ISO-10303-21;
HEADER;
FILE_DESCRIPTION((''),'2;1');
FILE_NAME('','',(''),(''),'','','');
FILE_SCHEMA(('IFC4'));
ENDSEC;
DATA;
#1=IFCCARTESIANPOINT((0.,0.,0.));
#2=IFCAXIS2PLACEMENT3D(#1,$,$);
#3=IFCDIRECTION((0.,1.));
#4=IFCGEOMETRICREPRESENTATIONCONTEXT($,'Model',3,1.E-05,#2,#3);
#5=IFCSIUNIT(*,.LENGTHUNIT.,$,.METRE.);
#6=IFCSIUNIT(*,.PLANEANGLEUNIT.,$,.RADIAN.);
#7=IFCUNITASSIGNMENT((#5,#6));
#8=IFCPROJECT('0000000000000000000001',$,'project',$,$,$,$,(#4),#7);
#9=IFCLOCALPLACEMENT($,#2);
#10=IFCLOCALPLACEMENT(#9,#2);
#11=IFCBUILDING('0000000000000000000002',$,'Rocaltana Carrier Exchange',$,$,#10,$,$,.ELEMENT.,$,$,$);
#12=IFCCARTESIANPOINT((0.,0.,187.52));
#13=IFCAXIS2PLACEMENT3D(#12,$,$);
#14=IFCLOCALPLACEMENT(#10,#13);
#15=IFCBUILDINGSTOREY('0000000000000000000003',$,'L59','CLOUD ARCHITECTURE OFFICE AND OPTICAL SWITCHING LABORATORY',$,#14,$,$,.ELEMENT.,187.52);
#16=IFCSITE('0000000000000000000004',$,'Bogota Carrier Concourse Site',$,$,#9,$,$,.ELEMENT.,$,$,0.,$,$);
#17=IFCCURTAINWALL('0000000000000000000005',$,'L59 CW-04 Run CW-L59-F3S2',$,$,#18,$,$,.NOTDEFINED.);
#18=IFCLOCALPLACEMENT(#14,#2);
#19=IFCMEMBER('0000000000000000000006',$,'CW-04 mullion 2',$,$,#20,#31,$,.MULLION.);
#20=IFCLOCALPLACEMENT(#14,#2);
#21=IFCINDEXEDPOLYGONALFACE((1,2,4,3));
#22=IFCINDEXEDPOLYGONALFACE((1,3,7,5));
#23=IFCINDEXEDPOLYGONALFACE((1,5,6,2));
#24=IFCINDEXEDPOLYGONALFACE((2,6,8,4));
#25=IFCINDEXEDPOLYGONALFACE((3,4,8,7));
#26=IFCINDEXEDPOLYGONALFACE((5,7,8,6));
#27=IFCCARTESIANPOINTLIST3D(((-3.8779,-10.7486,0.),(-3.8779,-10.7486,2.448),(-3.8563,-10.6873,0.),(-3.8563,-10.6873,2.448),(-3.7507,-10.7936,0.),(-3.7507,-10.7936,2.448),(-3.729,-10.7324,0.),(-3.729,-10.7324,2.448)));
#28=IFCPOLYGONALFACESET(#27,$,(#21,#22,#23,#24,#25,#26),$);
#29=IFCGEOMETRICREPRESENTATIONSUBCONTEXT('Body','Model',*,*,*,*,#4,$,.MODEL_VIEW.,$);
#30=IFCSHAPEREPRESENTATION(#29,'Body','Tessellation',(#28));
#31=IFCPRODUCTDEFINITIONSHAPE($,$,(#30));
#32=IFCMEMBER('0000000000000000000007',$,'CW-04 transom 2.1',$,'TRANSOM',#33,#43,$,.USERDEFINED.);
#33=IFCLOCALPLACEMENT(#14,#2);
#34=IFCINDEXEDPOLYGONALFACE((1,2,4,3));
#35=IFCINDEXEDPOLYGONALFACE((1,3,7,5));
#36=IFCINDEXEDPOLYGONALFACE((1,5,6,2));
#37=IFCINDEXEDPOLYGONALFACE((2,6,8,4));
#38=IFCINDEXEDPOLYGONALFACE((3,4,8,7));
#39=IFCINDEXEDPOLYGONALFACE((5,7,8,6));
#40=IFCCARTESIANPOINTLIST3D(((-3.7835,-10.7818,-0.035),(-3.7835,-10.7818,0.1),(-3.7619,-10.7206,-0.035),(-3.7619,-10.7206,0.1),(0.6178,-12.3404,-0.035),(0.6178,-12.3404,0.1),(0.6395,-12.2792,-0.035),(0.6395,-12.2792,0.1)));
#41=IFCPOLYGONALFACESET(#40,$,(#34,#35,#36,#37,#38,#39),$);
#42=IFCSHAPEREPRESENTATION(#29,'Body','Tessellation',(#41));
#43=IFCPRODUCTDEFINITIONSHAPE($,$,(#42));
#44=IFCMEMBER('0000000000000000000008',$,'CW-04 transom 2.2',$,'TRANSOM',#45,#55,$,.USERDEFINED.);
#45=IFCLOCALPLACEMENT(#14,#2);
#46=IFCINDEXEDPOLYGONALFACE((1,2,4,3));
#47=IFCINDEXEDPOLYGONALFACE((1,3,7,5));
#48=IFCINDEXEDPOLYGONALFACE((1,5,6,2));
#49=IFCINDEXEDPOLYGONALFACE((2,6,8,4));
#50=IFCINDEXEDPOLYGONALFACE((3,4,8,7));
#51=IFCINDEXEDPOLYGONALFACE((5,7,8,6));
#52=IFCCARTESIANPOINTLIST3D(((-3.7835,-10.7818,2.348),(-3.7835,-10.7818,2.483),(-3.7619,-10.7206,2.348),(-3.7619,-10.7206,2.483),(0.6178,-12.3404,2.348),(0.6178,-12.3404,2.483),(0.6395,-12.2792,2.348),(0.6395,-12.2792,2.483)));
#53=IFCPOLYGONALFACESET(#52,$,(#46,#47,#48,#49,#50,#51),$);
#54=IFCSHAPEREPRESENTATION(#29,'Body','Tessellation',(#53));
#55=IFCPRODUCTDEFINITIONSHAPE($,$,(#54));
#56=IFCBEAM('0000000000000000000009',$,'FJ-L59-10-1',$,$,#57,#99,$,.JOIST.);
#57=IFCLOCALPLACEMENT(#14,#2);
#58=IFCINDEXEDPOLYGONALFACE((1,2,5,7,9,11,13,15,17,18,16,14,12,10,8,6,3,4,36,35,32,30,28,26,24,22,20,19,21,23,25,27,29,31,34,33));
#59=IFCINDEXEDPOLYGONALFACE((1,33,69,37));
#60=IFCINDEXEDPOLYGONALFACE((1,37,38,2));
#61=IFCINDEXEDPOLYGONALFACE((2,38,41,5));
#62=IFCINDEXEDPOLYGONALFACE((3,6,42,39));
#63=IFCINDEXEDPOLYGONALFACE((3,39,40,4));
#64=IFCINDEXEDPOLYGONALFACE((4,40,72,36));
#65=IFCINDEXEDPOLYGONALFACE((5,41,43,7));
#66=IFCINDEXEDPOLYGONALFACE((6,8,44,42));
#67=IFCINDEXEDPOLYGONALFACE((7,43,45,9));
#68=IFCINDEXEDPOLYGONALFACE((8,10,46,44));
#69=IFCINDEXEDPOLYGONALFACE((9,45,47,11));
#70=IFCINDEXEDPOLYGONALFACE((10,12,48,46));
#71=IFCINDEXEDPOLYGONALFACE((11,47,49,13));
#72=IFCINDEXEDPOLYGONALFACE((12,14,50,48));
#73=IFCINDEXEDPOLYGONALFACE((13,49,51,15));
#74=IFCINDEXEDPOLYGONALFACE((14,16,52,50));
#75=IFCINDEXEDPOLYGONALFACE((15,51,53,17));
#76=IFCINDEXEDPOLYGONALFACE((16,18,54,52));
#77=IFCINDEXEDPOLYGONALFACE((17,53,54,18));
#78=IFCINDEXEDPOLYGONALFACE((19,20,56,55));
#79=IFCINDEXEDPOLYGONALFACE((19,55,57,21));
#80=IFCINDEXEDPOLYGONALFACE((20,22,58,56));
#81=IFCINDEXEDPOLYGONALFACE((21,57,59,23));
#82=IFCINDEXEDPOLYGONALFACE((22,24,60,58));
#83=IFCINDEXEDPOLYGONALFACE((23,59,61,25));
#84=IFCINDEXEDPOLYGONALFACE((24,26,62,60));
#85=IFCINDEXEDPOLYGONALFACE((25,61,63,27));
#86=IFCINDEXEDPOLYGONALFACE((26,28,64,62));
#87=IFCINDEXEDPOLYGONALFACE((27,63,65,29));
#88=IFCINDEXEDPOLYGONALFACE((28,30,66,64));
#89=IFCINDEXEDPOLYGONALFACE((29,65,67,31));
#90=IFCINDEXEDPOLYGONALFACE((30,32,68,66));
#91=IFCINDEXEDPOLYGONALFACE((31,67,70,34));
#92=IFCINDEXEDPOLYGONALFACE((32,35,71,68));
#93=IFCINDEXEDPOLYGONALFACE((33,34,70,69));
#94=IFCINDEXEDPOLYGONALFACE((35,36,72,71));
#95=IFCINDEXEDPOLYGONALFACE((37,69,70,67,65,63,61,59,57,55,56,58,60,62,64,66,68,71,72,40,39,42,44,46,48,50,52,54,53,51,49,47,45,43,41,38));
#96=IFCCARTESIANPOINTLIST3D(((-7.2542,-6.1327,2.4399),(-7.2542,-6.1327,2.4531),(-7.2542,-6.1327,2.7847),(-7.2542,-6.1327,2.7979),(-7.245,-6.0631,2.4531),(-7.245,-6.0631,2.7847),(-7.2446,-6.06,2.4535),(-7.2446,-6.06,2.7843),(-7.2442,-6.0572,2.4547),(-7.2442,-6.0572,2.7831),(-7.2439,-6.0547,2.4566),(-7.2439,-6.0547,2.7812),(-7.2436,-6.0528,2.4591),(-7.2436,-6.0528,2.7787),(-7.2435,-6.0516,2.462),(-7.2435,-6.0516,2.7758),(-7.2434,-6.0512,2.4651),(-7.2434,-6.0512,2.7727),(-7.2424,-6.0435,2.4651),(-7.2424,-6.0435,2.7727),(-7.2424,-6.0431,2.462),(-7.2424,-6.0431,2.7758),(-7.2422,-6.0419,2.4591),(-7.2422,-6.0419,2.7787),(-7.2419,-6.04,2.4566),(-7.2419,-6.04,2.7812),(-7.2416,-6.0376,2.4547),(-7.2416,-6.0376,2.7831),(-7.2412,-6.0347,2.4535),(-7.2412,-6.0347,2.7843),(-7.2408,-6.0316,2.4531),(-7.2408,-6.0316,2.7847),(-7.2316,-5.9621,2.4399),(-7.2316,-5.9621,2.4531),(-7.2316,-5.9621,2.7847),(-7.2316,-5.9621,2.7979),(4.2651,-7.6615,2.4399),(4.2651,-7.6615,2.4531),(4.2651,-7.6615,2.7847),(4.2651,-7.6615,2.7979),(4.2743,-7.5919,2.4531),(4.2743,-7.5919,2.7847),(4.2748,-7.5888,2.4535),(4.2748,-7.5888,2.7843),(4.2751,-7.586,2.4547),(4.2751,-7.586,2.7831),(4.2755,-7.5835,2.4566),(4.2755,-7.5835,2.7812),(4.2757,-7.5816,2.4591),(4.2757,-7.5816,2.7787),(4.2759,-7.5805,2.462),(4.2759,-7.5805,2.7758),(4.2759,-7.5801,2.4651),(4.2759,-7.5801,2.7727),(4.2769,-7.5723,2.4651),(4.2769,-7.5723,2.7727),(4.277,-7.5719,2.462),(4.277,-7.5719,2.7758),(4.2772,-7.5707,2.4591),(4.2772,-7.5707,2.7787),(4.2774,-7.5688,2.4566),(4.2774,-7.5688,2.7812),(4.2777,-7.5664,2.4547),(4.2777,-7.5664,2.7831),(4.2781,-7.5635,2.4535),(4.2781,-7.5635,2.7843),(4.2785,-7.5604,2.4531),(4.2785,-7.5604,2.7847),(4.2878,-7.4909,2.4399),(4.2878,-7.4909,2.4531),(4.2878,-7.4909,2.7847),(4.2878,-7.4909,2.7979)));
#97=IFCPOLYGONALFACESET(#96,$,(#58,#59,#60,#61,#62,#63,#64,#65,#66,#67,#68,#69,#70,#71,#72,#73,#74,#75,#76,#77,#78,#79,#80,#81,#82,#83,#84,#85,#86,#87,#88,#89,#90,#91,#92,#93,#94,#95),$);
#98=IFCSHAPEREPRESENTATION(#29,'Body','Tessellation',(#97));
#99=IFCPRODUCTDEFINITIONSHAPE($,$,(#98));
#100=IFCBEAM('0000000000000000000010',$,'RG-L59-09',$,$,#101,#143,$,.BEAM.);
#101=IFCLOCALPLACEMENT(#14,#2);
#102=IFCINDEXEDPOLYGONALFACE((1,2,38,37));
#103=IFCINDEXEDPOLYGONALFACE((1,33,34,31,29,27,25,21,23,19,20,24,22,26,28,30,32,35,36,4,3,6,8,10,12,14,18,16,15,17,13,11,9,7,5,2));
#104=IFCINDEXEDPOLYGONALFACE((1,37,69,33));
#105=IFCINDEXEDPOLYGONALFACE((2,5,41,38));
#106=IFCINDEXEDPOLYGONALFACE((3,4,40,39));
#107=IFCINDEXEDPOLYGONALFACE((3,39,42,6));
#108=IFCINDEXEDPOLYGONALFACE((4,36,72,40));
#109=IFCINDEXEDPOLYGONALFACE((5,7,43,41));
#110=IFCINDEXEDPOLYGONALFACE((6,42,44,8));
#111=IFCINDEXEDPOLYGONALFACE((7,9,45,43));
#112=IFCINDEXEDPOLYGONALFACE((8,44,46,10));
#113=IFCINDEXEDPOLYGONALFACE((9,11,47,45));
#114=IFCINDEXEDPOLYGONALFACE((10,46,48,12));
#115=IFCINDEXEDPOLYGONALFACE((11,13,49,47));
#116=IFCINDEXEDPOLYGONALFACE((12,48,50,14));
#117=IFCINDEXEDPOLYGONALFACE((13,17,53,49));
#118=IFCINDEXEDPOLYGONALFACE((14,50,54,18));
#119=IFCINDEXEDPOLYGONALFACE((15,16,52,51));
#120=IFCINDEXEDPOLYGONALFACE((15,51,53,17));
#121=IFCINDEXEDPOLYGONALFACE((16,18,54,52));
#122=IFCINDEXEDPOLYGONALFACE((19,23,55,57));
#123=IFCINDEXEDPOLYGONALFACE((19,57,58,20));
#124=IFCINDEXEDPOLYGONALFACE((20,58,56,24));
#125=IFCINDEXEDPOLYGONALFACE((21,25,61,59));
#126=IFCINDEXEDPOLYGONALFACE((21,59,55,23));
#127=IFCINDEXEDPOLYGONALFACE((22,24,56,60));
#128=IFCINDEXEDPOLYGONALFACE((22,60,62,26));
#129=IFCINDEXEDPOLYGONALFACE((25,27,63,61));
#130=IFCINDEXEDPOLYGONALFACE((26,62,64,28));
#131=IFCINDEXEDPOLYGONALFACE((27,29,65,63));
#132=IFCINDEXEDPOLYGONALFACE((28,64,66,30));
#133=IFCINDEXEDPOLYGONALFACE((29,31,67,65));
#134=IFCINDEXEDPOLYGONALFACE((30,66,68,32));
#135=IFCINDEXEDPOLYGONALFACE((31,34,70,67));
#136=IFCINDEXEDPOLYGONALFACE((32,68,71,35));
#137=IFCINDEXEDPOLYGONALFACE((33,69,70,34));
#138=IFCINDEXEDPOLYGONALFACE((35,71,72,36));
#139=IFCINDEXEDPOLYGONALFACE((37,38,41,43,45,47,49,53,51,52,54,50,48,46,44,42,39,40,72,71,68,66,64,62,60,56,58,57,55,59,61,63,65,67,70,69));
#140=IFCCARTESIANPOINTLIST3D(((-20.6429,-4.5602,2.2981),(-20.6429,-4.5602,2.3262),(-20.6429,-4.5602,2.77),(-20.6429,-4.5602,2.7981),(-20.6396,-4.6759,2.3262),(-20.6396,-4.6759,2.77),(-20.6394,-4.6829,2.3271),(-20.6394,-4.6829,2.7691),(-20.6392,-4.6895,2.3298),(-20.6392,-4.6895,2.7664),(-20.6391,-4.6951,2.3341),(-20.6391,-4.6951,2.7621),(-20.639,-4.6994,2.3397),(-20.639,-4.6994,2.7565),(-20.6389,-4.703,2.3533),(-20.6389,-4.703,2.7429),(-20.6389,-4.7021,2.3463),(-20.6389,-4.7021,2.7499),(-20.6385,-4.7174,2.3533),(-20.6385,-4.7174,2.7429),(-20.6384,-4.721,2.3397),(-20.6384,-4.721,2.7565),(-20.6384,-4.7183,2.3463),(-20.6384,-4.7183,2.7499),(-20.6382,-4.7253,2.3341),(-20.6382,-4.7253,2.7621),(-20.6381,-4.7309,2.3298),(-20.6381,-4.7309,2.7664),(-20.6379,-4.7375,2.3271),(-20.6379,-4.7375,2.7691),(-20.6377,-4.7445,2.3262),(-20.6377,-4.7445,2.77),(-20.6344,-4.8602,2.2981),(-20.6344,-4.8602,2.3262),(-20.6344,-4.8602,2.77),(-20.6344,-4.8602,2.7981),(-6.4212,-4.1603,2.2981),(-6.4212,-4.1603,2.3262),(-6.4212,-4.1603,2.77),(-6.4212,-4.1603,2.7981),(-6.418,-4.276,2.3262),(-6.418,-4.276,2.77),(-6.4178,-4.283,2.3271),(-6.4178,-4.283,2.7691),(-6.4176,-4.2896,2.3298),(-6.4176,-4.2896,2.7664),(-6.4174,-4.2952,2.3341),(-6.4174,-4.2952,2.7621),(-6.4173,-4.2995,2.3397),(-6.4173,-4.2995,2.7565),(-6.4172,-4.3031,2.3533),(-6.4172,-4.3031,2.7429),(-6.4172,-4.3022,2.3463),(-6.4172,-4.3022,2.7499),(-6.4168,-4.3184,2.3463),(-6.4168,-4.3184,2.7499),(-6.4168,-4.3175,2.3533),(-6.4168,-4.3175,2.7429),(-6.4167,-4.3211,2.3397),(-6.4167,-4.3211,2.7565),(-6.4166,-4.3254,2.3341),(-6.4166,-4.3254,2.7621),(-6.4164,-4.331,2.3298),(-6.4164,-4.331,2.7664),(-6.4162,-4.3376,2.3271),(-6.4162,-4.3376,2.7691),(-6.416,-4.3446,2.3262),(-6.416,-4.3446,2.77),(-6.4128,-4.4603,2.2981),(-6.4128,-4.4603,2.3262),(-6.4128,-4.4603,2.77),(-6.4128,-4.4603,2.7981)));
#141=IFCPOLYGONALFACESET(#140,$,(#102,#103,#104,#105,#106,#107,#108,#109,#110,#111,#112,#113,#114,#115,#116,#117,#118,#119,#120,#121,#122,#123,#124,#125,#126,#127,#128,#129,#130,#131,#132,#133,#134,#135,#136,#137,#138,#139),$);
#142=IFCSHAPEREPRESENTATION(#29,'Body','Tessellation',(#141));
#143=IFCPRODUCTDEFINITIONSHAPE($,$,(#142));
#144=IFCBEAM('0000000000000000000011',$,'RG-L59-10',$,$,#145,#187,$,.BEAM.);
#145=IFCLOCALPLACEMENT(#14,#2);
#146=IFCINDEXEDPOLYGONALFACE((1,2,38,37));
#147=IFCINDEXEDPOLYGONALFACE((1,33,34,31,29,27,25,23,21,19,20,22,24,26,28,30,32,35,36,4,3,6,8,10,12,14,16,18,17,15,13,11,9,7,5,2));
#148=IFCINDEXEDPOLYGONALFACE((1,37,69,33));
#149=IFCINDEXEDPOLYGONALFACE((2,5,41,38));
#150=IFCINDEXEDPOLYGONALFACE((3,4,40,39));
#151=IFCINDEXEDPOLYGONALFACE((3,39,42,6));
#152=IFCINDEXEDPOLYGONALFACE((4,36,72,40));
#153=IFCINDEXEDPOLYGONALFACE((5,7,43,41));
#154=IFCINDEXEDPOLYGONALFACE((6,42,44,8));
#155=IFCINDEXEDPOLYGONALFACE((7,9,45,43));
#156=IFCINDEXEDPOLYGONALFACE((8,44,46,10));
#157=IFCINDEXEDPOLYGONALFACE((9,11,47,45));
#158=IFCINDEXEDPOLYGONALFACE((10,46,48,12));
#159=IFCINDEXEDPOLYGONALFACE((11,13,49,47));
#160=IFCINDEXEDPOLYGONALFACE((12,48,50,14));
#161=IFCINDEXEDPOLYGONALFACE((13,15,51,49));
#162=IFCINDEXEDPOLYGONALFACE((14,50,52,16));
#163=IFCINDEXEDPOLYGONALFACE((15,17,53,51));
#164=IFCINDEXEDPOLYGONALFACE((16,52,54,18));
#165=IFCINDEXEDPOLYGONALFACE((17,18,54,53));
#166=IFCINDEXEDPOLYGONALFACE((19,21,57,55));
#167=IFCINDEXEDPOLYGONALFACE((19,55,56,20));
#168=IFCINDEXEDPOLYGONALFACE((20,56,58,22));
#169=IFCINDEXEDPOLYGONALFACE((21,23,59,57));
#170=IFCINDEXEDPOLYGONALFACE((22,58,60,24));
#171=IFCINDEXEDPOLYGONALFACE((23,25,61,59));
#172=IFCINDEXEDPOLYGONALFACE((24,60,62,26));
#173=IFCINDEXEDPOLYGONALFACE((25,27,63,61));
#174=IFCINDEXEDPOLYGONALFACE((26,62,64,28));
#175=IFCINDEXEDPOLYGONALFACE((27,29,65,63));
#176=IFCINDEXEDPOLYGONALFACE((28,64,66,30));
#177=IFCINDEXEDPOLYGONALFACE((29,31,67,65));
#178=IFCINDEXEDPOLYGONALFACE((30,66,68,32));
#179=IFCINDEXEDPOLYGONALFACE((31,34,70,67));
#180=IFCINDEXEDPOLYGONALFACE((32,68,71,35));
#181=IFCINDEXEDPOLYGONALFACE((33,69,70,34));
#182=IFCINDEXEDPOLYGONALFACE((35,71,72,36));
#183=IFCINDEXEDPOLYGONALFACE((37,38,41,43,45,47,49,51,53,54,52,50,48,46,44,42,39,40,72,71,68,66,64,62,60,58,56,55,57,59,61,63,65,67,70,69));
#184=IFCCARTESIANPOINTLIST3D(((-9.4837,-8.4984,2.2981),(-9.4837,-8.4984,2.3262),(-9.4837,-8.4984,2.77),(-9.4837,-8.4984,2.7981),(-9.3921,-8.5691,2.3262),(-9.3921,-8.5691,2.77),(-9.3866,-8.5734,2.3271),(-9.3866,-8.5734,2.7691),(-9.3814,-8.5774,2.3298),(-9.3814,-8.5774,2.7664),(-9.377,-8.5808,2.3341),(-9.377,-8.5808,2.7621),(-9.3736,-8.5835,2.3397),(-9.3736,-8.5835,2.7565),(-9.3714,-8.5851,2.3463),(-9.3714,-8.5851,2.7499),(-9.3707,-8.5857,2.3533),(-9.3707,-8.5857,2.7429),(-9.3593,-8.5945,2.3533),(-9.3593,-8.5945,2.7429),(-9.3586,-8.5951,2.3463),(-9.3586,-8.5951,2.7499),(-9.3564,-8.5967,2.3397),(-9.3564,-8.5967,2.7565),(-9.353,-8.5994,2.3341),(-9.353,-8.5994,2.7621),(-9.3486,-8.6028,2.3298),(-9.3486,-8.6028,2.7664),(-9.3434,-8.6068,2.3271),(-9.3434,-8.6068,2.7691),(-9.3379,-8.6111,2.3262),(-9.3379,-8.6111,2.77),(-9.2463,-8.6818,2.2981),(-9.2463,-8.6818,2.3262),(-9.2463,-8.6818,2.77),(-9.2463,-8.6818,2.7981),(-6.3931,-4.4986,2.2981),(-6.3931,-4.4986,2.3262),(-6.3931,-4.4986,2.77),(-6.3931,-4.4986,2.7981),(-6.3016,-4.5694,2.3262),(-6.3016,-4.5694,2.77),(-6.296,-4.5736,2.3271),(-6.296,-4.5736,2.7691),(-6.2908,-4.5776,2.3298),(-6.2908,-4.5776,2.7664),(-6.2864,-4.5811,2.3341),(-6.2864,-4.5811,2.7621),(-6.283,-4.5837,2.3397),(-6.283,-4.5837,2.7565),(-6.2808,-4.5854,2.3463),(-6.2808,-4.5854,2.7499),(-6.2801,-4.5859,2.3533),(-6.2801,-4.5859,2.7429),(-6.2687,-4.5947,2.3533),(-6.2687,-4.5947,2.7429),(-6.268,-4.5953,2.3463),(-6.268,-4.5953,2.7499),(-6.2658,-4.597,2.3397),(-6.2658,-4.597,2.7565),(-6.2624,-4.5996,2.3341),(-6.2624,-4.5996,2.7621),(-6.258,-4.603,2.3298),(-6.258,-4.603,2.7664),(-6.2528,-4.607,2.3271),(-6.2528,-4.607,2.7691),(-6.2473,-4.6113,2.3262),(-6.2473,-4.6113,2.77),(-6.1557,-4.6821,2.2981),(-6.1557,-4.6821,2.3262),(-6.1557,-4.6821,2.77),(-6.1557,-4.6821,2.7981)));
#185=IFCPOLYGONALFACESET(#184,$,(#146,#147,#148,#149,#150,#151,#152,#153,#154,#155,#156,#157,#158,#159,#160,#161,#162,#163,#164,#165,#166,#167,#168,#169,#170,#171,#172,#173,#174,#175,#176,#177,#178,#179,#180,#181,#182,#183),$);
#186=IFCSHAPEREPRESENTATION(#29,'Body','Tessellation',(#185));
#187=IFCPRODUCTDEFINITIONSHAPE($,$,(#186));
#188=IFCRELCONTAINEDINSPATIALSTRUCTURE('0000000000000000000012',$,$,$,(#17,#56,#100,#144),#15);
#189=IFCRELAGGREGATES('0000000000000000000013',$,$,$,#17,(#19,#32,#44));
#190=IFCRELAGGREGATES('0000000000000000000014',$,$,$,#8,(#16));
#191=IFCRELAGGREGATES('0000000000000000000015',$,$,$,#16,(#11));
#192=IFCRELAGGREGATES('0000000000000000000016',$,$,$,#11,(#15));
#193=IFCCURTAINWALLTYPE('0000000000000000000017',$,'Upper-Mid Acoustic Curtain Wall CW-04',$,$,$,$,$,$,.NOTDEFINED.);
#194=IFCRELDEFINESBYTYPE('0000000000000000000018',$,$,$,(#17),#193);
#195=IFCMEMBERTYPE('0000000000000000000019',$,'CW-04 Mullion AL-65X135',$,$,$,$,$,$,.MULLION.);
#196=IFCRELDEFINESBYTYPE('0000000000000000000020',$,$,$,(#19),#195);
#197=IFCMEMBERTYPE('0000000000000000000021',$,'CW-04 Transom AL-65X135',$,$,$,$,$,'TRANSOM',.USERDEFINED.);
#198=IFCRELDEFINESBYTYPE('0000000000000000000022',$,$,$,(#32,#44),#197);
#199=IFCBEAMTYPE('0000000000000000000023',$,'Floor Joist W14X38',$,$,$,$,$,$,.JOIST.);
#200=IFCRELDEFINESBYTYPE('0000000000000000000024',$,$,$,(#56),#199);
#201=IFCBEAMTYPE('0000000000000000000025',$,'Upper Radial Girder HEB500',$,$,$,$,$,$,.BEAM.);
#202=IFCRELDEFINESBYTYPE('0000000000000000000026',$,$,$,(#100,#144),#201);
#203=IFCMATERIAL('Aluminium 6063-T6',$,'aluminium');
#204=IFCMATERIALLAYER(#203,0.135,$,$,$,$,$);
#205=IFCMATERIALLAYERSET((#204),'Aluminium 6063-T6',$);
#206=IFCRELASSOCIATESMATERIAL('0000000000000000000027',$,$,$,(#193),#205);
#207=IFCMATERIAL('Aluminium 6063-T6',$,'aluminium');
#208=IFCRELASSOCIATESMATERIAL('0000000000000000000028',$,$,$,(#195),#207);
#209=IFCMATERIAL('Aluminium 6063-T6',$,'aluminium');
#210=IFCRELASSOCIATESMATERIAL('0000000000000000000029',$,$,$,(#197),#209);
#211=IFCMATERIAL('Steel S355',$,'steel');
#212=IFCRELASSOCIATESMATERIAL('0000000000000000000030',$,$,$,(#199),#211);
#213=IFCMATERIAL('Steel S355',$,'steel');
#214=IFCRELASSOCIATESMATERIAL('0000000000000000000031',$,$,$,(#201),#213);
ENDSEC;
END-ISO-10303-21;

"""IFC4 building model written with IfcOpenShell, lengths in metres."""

from ifc_helpers import new_model, si_unit, direction, frame, origin, origin_2d, place, context, subcontext, project, spatial, rectangle, i_section, extrude, material, layer, layer_set, material_profile, profile_set, type_object, element, aggregate, save


model = new_model("IFC4")

# Units and contexts
model_context = context("Model", 3, precision=1e-05, world=origin(), true_north=direction((0.0, 1.0)))
body_context = subcontext(model_context, "Body", "Model", "MODEL_VIEW")
ifc_project = project(units=[si_unit("LENGTHUNIT", "METRE"), si_unit("PLANEANGLEUNIT", "RADIAN")], contexts=[model_context])

# Site, building, storey
site_placement = place(None, origin())
site = spatial("IfcSite", under=ifc_project, at=site_placement, Name="Bogota Carrier Concourse Site", CompositionType="ELEMENT", RefElevation=0.0)
building_placement = place(site_placement, origin())
building = spatial("IfcBuilding", under=site, at=building_placement, Name="Rocaltana Carrier Exchange", CompositionType="ELEMENT")
storey_placement = place(building_placement, frame((0.0, 0.0, 187.52)))
storey = spatial("IfcBuildingStorey", under=building, at=storey_placement, Name="L59", Description="CLOUD ARCHITECTURE OFFICE AND OPTICAL SWITCHING LABORATORY", CompositionType="ELEMENT", Elevation=187.52)

# Curtain wall, members
ifc_material_1 = material(Name="Aluminium 6063-T6", Category="aluminium")
ifc_layer_1 = layer(ifc_material_1, 0.135)
ifc_layer_set_1 = layer_set([ifc_layer_1], Name="Aluminium 6063-T6")
curtain_wall_type = type_object("IfcCurtainWallType", Name="Upper-Mid Acoustic Curtain Wall CW-04", PredefinedType="NOTDEFINED", material=ifc_layer_set_1)
curtain_wall_placement = place(storey_placement, origin())
curtain_wall = element("IfcCurtainWall", 1, at=curtain_wall_placement, inside=storey, type_object=curtain_wall_type, Name="L59 CW-04 Run CW-L59-F3S2", PredefinedType="NOTDEFINED")
ifc_material_2 = material(Name="Aluminium 6063-T6", Category="aluminium")
ifc_material_profile_1 = material_profile(ifc_material_2, rectangle(XDim=0.0649, YDim=0.135, at=origin_2d()), Name="AL-65X135")
ifc_profile_set_1 = profile_set([ifc_material_profile_1], Name="Aluminium 6063-T6")
member_type_1 = type_object("IfcMemberType", Name="CW-04 Mullion AL-65X135", PredefinedType="MULLION", material=ifc_profile_set_1)
member_1_placement = place(storey_placement, frame((-3.8035, -10.7405, 0.0), z_axis=(0.0, 0.0, 1.0), x_axis=(0.333799, 0.942644, 0.0)))
member_1 = element("IfcMember", 2, at=member_1_placement, type_object=member_type_1, Name="CW-04 mullion 2", PredefinedType="MULLION", context=body_context, shape_type="SweptSolid", body=[
    extrude(rectangle(XDim=0.0649, YDim=0.135, at=origin_2d()), origin(), (0.0, 0.0, 1.0), 2.448),
])
ifc_material_3 = material(Name="Aluminium 6063-T6", Category="aluminium")
ifc_material_profile_2 = material_profile(ifc_material_3, rectangle(XDim=0.0649, YDim=0.135, at=origin_2d()), Name="AL-65X135")
ifc_profile_set_2 = profile_set([ifc_material_profile_2], Name="Aluminium 6063-T6")
member_type_2 = type_object("IfcMemberType", Name="CW-04 Transom AL-65X135", ElementType="TRANSOM", PredefinedType="USERDEFINED", material=ifc_profile_set_2)
member_2_placement = place(storey_placement, frame((-3.7727, -10.7512, 0.0325), z_axis=(0.942642, -0.333805, 0.0), x_axis=(0.333805, 0.942642, 0.0)))
member_2 = element("IfcMember", 3, at=member_2_placement, type_object=member_type_2, Name="CW-04 transom 2.1", ObjectType="TRANSOM", PredefinedType="USERDEFINED", context=body_context, shape_type="SweptSolid", body=[
    extrude(rectangle(XDim=0.0649, YDim=0.135, at=origin_2d()), origin(), (0.0, 0.0, 1.0), 4.6692),
])
member_3_placement = place(storey_placement, frame((-3.7727, -10.7512, 2.4155), z_axis=(0.942642, -0.333805, 0.0), x_axis=(0.333805, 0.942642, 0.0)))
member_3 = element("IfcMember", 4, at=member_3_placement, type_object=member_type_2, Name="CW-04 transom 2.2", ObjectType="TRANSOM", PredefinedType="USERDEFINED", context=body_context, shape_type="SweptSolid", body=[
    extrude(rectangle(XDim=0.0649, YDim=0.135, at=origin_2d()), origin(), (0.0, 0.0, 1.0), 4.6692),
])

# Beams
ifc_material_4 = material(Name="Steel S355", Category="steel")
ifc_material_profile_3 = material_profile(ifc_material_4, i_section(OverallWidth=0.1721, OverallDepth=0.3579, WebThickness=0.0078, FlangeThickness=0.0132, FilletRadius=0.012, at=origin_2d()), Name="W14X38")
ifc_profile_set_3 = profile_set([ifc_material_profile_3], Name="Steel S355")
beam_type_1 = type_object("IfcBeamType", Name="Floor Joist W14X38", PredefinedType="JOIST", material=ifc_profile_set_3)
beam_1_placement = place(storey_placement, frame((-7.2429, -6.0474, 2.6189), z_axis=(0.991308, -0.131564, 0.0), x_axis=(0.131564, 0.991308, 0.0)))
element("IfcBeam", 5, at=beam_1_placement, inside=storey, type_object=beam_type_1, Name="FJ-L59-10-1", PredefinedType="JOIST", context=body_context, shape_type="SweptSolid", body=[
    extrude(i_section(OverallWidth=0.1721, OverallDepth=0.3579, WebThickness=0.0078, FlangeThickness=0.0132, FilletRadius=0.012, at=origin_2d()), origin(), (0.0, 0.0, 1.0), 11.6204),
])
ifc_material_5 = material(Name="Steel S355", Category="steel")
ifc_material_profile_4 = material_profile(ifc_material_5, i_section(OverallWidth=0.3, OverallDepth=0.5, WebThickness=0.0144, FlangeThickness=0.0281, FilletRadius=0.0271, at=origin_2d()), Name="HEB500")
ifc_profile_set_4 = profile_set([ifc_material_profile_4], Name="Steel S355")
beam_type_2 = type_object("IfcBeamType", Name="Upper Radial Girder HEB500", PredefinedType="BEAM", material=ifc_profile_set_4)
beam_2_placement = place(storey_placement, frame((-6.417, -4.3103, 2.5481), z_axis=(-0.999605, -0.028108, 0.0), x_axis=(0.028108, -0.999605, 0.0)))
element("IfcBeam", 6, at=beam_2_placement, inside=storey, type_object=beam_type_2, Name="RG-L59-09", PredefinedType="BEAM", context=body_context, shape_type="SweptSolid", body=[
    extrude(i_section(OverallWidth=0.3, OverallDepth=0.5, WebThickness=0.0144, FlangeThickness=0.0281, FilletRadius=0.0271, at=origin_2d()), origin(), (0.0, 0.0, 1.0), 14.2273),
])
beam_3_placement = place(storey_placement, frame((-6.2744, -4.5903, 2.5481), z_axis=(-0.61143, -0.791299, 0.0), x_axis=(0.791299, -0.61143, 0.0)))
element("IfcBeam", 7, at=beam_3_placement, inside=storey, type_object=beam_type_2, Name="RG-L59-10", PredefinedType="BEAM", context=body_context, shape_type="SweptSolid", body=[
    extrude(i_section(OverallWidth=0.3, OverallDepth=0.5, WebThickness=0.0144, FlangeThickness=0.0281, FilletRadius=0.0271, at=origin_2d()), origin(), (0.0, 0.0, 1.0), 5.0547),
])

aggregate(curtain_wall, [member_1, member_2, member_3])

save(model, "model.ifc")
